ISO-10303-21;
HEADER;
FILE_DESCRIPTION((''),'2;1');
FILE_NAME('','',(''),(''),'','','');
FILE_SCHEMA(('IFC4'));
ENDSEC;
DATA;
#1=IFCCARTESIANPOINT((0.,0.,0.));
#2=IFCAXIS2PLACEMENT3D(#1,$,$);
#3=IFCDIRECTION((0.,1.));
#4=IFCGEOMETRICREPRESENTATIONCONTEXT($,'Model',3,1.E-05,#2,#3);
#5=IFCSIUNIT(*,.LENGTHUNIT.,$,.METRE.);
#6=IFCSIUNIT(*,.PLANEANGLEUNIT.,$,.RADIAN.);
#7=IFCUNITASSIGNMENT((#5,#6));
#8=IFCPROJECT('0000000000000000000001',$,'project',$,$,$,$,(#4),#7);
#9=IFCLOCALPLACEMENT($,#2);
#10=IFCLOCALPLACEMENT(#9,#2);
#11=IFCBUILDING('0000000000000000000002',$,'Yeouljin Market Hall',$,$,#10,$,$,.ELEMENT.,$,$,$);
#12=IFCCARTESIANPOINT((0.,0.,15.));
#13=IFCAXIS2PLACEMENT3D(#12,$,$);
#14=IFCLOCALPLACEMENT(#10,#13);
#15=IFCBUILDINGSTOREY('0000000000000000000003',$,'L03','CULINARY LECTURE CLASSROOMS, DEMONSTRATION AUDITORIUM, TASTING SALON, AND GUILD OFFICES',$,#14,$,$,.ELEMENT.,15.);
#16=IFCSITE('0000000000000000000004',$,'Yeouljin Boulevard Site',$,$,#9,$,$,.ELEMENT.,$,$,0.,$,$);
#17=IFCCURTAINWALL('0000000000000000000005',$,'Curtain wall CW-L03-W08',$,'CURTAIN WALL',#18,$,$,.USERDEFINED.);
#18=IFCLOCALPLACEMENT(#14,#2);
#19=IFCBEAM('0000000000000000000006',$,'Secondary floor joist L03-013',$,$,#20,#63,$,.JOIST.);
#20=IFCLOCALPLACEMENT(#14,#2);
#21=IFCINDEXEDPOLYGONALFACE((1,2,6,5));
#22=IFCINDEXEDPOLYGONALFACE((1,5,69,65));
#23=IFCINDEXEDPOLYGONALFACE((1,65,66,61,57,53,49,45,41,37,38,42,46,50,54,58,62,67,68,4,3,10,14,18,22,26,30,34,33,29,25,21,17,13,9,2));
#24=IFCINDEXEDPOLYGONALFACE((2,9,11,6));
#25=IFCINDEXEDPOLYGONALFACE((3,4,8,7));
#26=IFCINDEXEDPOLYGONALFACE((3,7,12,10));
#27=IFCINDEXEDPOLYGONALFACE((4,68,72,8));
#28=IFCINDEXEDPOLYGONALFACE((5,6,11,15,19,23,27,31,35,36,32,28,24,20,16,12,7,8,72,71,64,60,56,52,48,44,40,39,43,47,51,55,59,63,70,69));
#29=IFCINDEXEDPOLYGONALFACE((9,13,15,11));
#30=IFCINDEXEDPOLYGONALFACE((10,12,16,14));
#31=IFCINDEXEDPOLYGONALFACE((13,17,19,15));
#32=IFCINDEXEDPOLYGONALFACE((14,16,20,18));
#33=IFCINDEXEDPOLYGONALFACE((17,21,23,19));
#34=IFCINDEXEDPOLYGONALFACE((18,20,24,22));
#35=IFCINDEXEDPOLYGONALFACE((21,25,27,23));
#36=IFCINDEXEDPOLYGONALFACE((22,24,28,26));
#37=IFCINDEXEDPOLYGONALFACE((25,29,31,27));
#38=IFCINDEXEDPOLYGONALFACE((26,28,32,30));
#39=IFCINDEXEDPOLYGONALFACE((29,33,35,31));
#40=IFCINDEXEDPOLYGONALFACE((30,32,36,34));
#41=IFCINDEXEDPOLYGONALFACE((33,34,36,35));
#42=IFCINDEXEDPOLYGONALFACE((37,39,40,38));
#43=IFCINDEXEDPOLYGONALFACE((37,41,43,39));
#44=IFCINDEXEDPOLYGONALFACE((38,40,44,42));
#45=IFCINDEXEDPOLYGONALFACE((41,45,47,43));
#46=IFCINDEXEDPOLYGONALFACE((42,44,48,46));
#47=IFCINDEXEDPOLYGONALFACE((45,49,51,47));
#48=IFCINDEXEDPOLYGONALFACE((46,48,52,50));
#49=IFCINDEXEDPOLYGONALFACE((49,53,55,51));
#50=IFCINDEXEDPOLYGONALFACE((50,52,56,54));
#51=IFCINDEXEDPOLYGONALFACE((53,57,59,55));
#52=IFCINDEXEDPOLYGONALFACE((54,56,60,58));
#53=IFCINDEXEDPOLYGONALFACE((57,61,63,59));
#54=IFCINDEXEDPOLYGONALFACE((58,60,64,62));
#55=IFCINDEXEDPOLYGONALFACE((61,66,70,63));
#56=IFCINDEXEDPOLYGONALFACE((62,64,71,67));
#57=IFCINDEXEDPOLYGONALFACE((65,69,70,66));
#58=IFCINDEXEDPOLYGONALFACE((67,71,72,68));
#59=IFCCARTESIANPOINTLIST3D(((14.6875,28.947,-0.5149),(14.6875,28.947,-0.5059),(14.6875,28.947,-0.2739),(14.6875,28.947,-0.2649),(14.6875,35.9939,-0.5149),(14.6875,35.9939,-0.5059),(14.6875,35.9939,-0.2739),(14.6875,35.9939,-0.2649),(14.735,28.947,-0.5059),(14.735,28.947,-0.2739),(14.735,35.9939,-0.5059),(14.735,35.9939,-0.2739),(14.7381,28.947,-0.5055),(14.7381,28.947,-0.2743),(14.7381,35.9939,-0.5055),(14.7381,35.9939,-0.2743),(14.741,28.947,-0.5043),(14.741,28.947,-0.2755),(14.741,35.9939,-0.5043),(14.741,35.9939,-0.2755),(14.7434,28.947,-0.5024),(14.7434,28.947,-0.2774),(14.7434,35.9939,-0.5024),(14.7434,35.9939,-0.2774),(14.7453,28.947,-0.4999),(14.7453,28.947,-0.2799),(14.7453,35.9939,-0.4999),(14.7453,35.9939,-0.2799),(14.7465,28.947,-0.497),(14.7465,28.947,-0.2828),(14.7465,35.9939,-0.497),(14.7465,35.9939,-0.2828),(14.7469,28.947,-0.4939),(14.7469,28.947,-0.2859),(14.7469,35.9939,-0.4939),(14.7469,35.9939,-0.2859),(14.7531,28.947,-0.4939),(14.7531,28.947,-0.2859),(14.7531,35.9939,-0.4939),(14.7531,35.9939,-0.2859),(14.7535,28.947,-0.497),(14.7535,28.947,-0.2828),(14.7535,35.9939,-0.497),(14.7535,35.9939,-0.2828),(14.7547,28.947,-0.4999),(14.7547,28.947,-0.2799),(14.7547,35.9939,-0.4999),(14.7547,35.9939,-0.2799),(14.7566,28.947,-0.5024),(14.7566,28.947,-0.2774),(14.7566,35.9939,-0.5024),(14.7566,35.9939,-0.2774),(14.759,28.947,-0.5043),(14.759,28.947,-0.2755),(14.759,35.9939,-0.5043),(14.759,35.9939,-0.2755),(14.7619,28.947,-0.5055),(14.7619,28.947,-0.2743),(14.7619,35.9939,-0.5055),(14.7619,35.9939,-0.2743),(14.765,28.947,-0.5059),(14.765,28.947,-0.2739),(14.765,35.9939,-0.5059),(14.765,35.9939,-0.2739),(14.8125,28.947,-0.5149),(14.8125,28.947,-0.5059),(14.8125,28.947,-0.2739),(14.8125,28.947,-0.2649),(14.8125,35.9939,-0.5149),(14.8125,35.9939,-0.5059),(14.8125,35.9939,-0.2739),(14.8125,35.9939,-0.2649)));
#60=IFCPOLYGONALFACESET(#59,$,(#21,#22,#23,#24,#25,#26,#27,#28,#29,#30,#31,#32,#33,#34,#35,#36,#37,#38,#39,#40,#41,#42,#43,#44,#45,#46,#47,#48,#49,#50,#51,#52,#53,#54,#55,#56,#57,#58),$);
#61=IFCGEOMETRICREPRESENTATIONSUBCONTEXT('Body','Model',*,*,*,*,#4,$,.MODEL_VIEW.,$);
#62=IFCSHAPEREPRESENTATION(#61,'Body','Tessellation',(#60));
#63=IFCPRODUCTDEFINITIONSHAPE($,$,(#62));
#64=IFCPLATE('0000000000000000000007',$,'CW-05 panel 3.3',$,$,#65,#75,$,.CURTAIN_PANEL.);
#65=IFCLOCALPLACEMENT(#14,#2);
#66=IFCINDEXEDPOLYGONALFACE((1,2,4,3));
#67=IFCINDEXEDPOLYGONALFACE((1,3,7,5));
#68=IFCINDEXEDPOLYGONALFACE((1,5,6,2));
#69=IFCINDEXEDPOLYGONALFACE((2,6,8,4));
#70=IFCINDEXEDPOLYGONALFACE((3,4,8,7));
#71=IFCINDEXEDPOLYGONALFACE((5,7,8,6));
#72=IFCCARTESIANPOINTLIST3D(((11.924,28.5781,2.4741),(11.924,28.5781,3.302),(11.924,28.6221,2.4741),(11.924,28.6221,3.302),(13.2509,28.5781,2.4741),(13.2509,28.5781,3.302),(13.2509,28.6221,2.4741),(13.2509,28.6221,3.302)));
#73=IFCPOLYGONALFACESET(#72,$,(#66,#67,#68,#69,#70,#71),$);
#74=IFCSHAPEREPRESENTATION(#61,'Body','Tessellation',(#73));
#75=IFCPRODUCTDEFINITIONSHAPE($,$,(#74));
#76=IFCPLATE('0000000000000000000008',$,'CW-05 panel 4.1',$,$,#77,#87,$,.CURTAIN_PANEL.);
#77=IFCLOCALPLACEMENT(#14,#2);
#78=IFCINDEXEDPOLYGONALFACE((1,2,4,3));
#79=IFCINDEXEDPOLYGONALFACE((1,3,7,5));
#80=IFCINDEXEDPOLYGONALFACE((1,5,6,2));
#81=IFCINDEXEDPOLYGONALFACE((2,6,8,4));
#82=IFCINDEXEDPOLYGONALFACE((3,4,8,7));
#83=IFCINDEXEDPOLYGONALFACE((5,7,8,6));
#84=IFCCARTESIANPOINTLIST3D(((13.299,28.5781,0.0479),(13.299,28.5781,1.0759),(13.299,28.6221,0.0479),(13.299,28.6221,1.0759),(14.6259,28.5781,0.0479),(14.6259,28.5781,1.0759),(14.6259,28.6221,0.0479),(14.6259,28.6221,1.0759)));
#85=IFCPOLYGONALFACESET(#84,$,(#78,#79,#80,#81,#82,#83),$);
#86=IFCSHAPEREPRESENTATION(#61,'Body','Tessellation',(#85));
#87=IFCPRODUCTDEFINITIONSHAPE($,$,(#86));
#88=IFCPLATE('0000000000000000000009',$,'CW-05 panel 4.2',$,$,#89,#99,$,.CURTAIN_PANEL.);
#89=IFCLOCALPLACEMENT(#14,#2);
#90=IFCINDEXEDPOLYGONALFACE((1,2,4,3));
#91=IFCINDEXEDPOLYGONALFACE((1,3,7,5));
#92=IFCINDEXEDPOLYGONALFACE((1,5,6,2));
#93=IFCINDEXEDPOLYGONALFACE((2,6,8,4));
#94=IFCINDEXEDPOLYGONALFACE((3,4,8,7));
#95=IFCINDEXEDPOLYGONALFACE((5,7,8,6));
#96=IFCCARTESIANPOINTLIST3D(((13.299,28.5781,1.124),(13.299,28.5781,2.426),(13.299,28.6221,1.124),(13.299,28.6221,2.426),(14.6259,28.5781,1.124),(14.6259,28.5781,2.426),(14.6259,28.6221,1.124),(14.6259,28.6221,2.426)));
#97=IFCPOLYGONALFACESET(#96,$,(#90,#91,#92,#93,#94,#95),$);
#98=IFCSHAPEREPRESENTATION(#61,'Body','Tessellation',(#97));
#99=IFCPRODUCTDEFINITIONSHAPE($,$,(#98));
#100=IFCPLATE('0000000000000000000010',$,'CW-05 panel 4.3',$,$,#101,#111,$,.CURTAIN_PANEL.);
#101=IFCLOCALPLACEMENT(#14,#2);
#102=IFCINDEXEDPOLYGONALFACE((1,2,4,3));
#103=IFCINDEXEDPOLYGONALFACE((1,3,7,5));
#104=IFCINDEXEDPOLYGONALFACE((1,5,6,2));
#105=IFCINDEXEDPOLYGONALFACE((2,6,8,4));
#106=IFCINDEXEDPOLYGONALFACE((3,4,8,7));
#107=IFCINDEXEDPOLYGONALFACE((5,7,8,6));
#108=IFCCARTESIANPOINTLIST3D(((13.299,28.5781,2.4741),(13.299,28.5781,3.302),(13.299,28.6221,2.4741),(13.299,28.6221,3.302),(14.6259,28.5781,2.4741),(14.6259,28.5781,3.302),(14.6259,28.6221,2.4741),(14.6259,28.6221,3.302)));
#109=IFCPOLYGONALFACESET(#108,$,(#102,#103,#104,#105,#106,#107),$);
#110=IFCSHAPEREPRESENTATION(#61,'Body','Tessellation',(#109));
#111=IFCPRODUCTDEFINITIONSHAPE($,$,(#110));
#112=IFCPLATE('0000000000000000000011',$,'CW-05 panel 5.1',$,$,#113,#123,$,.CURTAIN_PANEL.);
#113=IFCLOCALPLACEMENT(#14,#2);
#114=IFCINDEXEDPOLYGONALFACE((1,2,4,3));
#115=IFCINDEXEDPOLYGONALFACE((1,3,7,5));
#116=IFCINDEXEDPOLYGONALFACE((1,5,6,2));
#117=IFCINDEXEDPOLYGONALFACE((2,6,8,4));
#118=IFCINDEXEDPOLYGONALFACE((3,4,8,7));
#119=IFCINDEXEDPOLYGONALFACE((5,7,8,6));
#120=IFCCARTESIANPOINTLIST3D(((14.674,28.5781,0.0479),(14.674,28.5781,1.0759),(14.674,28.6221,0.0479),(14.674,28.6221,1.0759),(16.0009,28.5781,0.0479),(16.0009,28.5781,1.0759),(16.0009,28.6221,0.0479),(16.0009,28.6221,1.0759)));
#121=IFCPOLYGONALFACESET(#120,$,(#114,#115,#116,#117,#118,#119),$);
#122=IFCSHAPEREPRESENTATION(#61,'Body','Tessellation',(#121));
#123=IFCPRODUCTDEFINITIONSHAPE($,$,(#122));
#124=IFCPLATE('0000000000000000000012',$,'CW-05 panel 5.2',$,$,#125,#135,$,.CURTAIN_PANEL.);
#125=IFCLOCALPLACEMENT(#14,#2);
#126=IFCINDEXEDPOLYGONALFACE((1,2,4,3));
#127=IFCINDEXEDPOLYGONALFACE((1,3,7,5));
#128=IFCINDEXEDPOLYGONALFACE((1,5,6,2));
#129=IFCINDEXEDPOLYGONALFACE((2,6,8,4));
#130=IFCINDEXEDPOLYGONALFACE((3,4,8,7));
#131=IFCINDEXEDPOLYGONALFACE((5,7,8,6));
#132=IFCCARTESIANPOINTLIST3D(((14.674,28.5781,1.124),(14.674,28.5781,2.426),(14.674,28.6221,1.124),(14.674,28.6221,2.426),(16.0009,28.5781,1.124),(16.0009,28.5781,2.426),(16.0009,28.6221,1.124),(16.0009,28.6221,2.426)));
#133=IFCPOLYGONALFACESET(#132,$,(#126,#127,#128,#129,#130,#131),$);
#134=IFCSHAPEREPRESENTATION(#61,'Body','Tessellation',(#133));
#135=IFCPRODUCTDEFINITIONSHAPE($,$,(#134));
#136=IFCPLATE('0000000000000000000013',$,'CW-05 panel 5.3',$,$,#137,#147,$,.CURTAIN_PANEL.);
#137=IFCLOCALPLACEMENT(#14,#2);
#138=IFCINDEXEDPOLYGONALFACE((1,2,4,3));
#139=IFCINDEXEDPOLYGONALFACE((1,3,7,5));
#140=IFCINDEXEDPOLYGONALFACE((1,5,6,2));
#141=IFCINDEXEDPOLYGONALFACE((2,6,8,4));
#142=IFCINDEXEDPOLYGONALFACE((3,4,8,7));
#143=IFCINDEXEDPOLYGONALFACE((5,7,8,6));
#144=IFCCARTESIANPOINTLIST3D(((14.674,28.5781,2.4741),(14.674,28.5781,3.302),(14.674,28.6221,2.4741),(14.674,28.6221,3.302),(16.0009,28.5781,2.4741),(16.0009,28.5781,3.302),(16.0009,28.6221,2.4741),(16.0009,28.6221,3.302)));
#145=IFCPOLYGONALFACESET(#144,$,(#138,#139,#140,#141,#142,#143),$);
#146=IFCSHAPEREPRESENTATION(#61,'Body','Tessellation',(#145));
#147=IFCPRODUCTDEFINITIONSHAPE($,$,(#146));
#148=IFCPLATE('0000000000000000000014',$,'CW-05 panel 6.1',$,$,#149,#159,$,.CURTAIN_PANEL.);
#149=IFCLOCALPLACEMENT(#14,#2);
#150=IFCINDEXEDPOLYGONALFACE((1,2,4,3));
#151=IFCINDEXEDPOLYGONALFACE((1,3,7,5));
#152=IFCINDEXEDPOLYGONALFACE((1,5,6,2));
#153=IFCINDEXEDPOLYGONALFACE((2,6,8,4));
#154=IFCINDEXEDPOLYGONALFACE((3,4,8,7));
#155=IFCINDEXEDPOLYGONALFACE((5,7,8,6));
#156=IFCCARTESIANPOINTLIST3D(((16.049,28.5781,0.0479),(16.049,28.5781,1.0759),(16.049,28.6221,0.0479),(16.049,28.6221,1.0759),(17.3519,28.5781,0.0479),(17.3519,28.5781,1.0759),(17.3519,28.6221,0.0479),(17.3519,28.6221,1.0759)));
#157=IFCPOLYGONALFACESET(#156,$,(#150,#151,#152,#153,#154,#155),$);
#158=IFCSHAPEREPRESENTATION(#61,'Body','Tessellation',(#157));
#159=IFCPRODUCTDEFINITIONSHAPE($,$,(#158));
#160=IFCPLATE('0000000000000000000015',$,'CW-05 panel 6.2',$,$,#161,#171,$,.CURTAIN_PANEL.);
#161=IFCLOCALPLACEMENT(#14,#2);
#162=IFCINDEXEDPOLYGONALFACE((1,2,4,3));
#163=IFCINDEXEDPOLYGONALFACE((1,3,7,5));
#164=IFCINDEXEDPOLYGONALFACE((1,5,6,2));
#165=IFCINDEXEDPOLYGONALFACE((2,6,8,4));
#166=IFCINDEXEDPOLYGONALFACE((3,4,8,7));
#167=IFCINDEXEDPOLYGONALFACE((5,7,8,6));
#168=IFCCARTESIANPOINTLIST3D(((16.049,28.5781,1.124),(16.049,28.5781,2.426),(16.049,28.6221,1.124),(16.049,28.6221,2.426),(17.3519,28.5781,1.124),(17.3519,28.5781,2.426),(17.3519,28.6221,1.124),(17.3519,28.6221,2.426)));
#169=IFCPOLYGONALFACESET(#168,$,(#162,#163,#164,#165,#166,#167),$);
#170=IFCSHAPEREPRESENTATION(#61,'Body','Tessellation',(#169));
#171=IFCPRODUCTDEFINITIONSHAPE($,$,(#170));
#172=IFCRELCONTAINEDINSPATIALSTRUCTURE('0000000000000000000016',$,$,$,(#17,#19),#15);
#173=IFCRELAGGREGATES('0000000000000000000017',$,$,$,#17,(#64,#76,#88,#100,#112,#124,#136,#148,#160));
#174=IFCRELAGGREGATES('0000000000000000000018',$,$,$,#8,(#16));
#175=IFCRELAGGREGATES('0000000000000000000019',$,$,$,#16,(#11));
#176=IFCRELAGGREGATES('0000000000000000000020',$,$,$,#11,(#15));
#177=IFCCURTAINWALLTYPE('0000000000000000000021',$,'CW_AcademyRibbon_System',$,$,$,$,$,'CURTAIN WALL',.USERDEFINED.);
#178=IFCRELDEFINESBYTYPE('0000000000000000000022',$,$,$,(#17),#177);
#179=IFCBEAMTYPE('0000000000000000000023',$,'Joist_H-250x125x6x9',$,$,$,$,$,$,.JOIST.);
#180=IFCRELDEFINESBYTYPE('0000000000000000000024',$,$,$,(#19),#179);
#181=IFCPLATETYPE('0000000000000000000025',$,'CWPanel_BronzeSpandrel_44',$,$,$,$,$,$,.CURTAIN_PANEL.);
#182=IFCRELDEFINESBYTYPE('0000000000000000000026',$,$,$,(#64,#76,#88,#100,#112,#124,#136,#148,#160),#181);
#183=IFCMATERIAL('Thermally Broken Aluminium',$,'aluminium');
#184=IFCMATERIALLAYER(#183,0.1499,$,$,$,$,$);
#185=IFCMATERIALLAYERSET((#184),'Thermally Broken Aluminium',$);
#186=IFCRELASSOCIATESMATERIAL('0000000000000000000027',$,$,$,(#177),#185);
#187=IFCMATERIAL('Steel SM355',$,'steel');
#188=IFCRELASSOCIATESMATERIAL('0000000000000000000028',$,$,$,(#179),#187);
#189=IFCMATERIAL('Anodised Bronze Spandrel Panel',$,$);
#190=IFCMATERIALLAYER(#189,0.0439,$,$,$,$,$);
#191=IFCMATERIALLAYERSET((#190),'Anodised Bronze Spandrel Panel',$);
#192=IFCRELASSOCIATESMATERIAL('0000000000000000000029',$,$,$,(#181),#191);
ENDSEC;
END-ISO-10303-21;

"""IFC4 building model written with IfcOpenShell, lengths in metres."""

from ifc_helpers import new_model, si_unit, direction, frame, origin, origin_2d, place, context, subcontext, project, spatial, rectangle, i_section, extrude, material, layer, layer_set, material_profile, profile_set, type_object, element, aggregate, save


model = new_model("IFC4")

# Units and contexts
model_context = context("Model", 3, precision=1e-05, world=origin(), true_north=direction((0.0, 1.0)))
body_context = subcontext(model_context, "Body", "Model", "MODEL_VIEW")
ifc_project = project(units=[si_unit("LENGTHUNIT", "METRE"), si_unit("PLANEANGLEUNIT", "RADIAN")], contexts=[model_context])

# Site, building, storey
site_placement = place(None, origin())
site = spatial("IfcSite", under=ifc_project, at=site_placement, Name="Yeouljin Boulevard Site", CompositionType="ELEMENT", RefElevation=0.0)
building_placement = place(site_placement, origin())
building = spatial("IfcBuilding", under=site, at=building_placement, Name="Yeouljin Market Hall", CompositionType="ELEMENT")
storey_placement = place(building_placement, frame((0.0, 0.0, 15.0)))
storey = spatial("IfcBuildingStorey", under=building, at=storey_placement, Name="L03", Description="CULINARY LECTURE CLASSROOMS, DEMONSTRATION AUDITORIUM, TASTING SALON, AND GUILD OFFICES", CompositionType="ELEMENT", Elevation=15.0)

# Curtain wall
ifc_material_1 = material(Name="Thermally Broken Aluminium", Category="aluminium")
ifc_layer_1 = layer(ifc_material_1, 0.1499)
ifc_layer_set_1 = layer_set([ifc_layer_1], Name="Thermally Broken Aluminium")
curtain_wall_type = type_object("IfcCurtainWallType", Name="CW_AcademyRibbon_System", ElementType="CURTAIN WALL", PredefinedType="USERDEFINED", material=ifc_layer_set_1)
curtain_wall_placement = place(storey_placement, origin())
curtain_wall = element("IfcCurtainWall", 1, at=curtain_wall_placement, inside=storey, type_object=curtain_wall_type, Name="Curtain wall CW-L03-W08", ObjectType="CURTAIN WALL", PredefinedType="USERDEFINED")

# Beam
ifc_material_2 = material(Name="Steel SM355", Category="steel")
ifc_material_profile_1 = material_profile(ifc_material_2, i_section(OverallWidth=0.125, OverallDepth=0.25, WebThickness=0.0061, FlangeThickness=0.009, FilletRadius=0.012, at=origin_2d()), Name="H-250x125x6x9")
ifc_profile_set_1 = profile_set([ifc_material_profile_1], Name="Steel SM355")
beam_type = type_object("IfcBeamType", Name="Joist_H-250x125x6x9", PredefinedType="JOIST", material=ifc_profile_set_1)
beam_placement = place(storey_placement, frame((14.75, 28.947, -0.3899), z_axis=(0.0, 1.0, 0.0), x_axis=(-1.0, 0.0, 0.0)))
element("IfcBeam", 2, at=beam_placement, inside=storey, type_object=beam_type, Name="Secondary floor joist L03-013", PredefinedType="JOIST", context=body_context, shape_type="SweptSolid", body=[
    extrude(i_section(OverallWidth=0.125, OverallDepth=0.25, WebThickness=0.0061, FlangeThickness=0.009, FilletRadius=0.012, at=origin_2d()), origin(), (0.0, 0.0, 1.0), 7.0469),
])

# Plates
ifc_material_3 = material(Name="Anodised Bronze Spandrel Panel")
ifc_layer_2 = layer(ifc_material_3, 0.0439)
ifc_layer_set_2 = layer_set([ifc_layer_2], Name="Anodised Bronze Spandrel Panel")
plate_type = type_object("IfcPlateType", Name="CWPanel_BronzeSpandrel_44", PredefinedType="CURTAIN_PANEL", material=ifc_layer_set_2)
plate_1_placement = place(storey_placement, frame((12.5874, 28.6001, 2.4741), z_axis=(0.0, 0.0, 1.0), x_axis=(1.0, 0.0, 0.0)))
plate_1 = element("IfcPlate", 3, at=plate_1_placement, type_object=plate_type, Name="CW-05 panel 3.3", PredefinedType="CURTAIN_PANEL", context=body_context, shape_type="SweptSolid", body=[
    extrude(rectangle(XDim=1.3269, YDim=0.0439, at=origin_2d()), origin(), (0.0, 0.0, 1.0), 0.8279),
])
plate_2_placement = place(storey_placement, frame((13.9624, 28.6001, 0.0479), z_axis=(0.0, 0.0, 1.0), x_axis=(1.0, 0.0, 0.0)))
plate_2 = element("IfcPlate", 4, at=plate_2_placement, type_object=plate_type, Name="CW-05 panel 4.1", PredefinedType="CURTAIN_PANEL", context=body_context, shape_type="SweptSolid", body=[
    extrude(rectangle(XDim=1.3269, YDim=0.0439, at=origin_2d()), origin(), (0.0, 0.0, 1.0), 1.0281),
])
plate_3_placement = place(storey_placement, frame((13.9624, 28.6001, 1.124), z_axis=(0.0, 0.0, 1.0), x_axis=(1.0, 0.0, 0.0)))
plate_3 = element("IfcPlate", 5, at=plate_3_placement, type_object=plate_type, Name="CW-05 panel 4.2", PredefinedType="CURTAIN_PANEL", context=body_context, shape_type="SweptSolid", body=[
    extrude(rectangle(XDim=1.3269, YDim=0.0439, at=origin_2d()), origin(), (0.0, 0.0, 1.0), 1.302),
])
plate_4_placement = place(storey_placement, frame((13.9624, 28.6001, 2.4741), z_axis=(0.0, 0.0, 1.0), x_axis=(1.0, 0.0, 0.0)))
plate_4 = element("IfcPlate", 6, at=plate_4_placement, type_object=plate_type, Name="CW-05 panel 4.3", PredefinedType="CURTAIN_PANEL", context=body_context, shape_type="SweptSolid", body=[
    extrude(rectangle(XDim=1.3269, YDim=0.0439, at=origin_2d()), origin(), (0.0, 0.0, 1.0), 0.8279),
])
plate_5_placement = place(storey_placement, frame((15.3374, 28.6001, 0.0479), z_axis=(0.0, 0.0, 1.0), x_axis=(1.0, 0.0, 0.0)))
plate_5 = element("IfcPlate", 7, at=plate_5_placement, type_object=plate_type, Name="CW-05 panel 5.1", PredefinedType="CURTAIN_PANEL", context=body_context, shape_type="SweptSolid", body=[
    extrude(rectangle(XDim=1.3269, YDim=0.0439, at=origin_2d()), origin(), (0.0, 0.0, 1.0), 1.0281),
])
plate_6_placement = place(storey_placement, frame((15.3374, 28.6001, 1.124), z_axis=(0.0, 0.0, 1.0), x_axis=(1.0, 0.0, 0.0)))
plate_6 = element("IfcPlate", 8, at=plate_6_placement, type_object=plate_type, Name="CW-05 panel 5.2", PredefinedType="CURTAIN_PANEL", context=body_context, shape_type="SweptSolid", body=[
    extrude(rectangle(XDim=1.3269, YDim=0.0439, at=origin_2d()), origin(), (0.0, 0.0, 1.0), 1.302),
])
plate_7_placement = place(storey_placement, frame((15.3374, 28.6001, 2.4741), z_axis=(0.0, 0.0, 1.0), x_axis=(1.0, 0.0, 0.0)))
plate_7 = element("IfcPlate", 9, at=plate_7_placement, type_object=plate_type, Name="CW-05 panel 5.3", PredefinedType="CURTAIN_PANEL", context=body_context, shape_type="SweptSolid", body=[
    extrude(rectangle(XDim=1.3269, YDim=0.0439, at=origin_2d()), origin(), (0.0, 0.0, 1.0), 0.8279),
])
plate_8_placement = place(storey_placement, frame((16.7004, 28.6001, 0.0479), z_axis=(0.0, 0.0, 1.0), x_axis=(1.0, 0.0, 0.0)))
plate_8 = element("IfcPlate", 10, at=plate_8_placement, type_object=plate_type, Name="CW-05 panel 6.1", PredefinedType="CURTAIN_PANEL", context=body_context, shape_type="SweptSolid", body=[
    extrude(rectangle(XDim=1.303, YDim=0.0439, at=origin_2d()), origin(), (0.0, 0.0, 1.0), 1.0281),
])
plate_9_placement = place(storey_placement, frame((16.7004, 28.6001, 1.124), z_axis=(0.0, 0.0, 1.0), x_axis=(1.0, 0.0, 0.0)))
plate_9 = element("IfcPlate", 11, at=plate_9_placement, type_object=plate_type, Name="CW-05 panel 6.2", PredefinedType="CURTAIN_PANEL", context=body_context, shape_type="SweptSolid", body=[
    extrude(rectangle(XDim=1.303, YDim=0.0439, at=origin_2d()), origin(), (0.0, 0.0, 1.0), 1.302),
])
aggregate(curtain_wall, [plate_1, plate_2, plate_3, plate_4, plate_5, plate_6, plate_7, plate_8, plate_9])

save(model, "model.ifc")
